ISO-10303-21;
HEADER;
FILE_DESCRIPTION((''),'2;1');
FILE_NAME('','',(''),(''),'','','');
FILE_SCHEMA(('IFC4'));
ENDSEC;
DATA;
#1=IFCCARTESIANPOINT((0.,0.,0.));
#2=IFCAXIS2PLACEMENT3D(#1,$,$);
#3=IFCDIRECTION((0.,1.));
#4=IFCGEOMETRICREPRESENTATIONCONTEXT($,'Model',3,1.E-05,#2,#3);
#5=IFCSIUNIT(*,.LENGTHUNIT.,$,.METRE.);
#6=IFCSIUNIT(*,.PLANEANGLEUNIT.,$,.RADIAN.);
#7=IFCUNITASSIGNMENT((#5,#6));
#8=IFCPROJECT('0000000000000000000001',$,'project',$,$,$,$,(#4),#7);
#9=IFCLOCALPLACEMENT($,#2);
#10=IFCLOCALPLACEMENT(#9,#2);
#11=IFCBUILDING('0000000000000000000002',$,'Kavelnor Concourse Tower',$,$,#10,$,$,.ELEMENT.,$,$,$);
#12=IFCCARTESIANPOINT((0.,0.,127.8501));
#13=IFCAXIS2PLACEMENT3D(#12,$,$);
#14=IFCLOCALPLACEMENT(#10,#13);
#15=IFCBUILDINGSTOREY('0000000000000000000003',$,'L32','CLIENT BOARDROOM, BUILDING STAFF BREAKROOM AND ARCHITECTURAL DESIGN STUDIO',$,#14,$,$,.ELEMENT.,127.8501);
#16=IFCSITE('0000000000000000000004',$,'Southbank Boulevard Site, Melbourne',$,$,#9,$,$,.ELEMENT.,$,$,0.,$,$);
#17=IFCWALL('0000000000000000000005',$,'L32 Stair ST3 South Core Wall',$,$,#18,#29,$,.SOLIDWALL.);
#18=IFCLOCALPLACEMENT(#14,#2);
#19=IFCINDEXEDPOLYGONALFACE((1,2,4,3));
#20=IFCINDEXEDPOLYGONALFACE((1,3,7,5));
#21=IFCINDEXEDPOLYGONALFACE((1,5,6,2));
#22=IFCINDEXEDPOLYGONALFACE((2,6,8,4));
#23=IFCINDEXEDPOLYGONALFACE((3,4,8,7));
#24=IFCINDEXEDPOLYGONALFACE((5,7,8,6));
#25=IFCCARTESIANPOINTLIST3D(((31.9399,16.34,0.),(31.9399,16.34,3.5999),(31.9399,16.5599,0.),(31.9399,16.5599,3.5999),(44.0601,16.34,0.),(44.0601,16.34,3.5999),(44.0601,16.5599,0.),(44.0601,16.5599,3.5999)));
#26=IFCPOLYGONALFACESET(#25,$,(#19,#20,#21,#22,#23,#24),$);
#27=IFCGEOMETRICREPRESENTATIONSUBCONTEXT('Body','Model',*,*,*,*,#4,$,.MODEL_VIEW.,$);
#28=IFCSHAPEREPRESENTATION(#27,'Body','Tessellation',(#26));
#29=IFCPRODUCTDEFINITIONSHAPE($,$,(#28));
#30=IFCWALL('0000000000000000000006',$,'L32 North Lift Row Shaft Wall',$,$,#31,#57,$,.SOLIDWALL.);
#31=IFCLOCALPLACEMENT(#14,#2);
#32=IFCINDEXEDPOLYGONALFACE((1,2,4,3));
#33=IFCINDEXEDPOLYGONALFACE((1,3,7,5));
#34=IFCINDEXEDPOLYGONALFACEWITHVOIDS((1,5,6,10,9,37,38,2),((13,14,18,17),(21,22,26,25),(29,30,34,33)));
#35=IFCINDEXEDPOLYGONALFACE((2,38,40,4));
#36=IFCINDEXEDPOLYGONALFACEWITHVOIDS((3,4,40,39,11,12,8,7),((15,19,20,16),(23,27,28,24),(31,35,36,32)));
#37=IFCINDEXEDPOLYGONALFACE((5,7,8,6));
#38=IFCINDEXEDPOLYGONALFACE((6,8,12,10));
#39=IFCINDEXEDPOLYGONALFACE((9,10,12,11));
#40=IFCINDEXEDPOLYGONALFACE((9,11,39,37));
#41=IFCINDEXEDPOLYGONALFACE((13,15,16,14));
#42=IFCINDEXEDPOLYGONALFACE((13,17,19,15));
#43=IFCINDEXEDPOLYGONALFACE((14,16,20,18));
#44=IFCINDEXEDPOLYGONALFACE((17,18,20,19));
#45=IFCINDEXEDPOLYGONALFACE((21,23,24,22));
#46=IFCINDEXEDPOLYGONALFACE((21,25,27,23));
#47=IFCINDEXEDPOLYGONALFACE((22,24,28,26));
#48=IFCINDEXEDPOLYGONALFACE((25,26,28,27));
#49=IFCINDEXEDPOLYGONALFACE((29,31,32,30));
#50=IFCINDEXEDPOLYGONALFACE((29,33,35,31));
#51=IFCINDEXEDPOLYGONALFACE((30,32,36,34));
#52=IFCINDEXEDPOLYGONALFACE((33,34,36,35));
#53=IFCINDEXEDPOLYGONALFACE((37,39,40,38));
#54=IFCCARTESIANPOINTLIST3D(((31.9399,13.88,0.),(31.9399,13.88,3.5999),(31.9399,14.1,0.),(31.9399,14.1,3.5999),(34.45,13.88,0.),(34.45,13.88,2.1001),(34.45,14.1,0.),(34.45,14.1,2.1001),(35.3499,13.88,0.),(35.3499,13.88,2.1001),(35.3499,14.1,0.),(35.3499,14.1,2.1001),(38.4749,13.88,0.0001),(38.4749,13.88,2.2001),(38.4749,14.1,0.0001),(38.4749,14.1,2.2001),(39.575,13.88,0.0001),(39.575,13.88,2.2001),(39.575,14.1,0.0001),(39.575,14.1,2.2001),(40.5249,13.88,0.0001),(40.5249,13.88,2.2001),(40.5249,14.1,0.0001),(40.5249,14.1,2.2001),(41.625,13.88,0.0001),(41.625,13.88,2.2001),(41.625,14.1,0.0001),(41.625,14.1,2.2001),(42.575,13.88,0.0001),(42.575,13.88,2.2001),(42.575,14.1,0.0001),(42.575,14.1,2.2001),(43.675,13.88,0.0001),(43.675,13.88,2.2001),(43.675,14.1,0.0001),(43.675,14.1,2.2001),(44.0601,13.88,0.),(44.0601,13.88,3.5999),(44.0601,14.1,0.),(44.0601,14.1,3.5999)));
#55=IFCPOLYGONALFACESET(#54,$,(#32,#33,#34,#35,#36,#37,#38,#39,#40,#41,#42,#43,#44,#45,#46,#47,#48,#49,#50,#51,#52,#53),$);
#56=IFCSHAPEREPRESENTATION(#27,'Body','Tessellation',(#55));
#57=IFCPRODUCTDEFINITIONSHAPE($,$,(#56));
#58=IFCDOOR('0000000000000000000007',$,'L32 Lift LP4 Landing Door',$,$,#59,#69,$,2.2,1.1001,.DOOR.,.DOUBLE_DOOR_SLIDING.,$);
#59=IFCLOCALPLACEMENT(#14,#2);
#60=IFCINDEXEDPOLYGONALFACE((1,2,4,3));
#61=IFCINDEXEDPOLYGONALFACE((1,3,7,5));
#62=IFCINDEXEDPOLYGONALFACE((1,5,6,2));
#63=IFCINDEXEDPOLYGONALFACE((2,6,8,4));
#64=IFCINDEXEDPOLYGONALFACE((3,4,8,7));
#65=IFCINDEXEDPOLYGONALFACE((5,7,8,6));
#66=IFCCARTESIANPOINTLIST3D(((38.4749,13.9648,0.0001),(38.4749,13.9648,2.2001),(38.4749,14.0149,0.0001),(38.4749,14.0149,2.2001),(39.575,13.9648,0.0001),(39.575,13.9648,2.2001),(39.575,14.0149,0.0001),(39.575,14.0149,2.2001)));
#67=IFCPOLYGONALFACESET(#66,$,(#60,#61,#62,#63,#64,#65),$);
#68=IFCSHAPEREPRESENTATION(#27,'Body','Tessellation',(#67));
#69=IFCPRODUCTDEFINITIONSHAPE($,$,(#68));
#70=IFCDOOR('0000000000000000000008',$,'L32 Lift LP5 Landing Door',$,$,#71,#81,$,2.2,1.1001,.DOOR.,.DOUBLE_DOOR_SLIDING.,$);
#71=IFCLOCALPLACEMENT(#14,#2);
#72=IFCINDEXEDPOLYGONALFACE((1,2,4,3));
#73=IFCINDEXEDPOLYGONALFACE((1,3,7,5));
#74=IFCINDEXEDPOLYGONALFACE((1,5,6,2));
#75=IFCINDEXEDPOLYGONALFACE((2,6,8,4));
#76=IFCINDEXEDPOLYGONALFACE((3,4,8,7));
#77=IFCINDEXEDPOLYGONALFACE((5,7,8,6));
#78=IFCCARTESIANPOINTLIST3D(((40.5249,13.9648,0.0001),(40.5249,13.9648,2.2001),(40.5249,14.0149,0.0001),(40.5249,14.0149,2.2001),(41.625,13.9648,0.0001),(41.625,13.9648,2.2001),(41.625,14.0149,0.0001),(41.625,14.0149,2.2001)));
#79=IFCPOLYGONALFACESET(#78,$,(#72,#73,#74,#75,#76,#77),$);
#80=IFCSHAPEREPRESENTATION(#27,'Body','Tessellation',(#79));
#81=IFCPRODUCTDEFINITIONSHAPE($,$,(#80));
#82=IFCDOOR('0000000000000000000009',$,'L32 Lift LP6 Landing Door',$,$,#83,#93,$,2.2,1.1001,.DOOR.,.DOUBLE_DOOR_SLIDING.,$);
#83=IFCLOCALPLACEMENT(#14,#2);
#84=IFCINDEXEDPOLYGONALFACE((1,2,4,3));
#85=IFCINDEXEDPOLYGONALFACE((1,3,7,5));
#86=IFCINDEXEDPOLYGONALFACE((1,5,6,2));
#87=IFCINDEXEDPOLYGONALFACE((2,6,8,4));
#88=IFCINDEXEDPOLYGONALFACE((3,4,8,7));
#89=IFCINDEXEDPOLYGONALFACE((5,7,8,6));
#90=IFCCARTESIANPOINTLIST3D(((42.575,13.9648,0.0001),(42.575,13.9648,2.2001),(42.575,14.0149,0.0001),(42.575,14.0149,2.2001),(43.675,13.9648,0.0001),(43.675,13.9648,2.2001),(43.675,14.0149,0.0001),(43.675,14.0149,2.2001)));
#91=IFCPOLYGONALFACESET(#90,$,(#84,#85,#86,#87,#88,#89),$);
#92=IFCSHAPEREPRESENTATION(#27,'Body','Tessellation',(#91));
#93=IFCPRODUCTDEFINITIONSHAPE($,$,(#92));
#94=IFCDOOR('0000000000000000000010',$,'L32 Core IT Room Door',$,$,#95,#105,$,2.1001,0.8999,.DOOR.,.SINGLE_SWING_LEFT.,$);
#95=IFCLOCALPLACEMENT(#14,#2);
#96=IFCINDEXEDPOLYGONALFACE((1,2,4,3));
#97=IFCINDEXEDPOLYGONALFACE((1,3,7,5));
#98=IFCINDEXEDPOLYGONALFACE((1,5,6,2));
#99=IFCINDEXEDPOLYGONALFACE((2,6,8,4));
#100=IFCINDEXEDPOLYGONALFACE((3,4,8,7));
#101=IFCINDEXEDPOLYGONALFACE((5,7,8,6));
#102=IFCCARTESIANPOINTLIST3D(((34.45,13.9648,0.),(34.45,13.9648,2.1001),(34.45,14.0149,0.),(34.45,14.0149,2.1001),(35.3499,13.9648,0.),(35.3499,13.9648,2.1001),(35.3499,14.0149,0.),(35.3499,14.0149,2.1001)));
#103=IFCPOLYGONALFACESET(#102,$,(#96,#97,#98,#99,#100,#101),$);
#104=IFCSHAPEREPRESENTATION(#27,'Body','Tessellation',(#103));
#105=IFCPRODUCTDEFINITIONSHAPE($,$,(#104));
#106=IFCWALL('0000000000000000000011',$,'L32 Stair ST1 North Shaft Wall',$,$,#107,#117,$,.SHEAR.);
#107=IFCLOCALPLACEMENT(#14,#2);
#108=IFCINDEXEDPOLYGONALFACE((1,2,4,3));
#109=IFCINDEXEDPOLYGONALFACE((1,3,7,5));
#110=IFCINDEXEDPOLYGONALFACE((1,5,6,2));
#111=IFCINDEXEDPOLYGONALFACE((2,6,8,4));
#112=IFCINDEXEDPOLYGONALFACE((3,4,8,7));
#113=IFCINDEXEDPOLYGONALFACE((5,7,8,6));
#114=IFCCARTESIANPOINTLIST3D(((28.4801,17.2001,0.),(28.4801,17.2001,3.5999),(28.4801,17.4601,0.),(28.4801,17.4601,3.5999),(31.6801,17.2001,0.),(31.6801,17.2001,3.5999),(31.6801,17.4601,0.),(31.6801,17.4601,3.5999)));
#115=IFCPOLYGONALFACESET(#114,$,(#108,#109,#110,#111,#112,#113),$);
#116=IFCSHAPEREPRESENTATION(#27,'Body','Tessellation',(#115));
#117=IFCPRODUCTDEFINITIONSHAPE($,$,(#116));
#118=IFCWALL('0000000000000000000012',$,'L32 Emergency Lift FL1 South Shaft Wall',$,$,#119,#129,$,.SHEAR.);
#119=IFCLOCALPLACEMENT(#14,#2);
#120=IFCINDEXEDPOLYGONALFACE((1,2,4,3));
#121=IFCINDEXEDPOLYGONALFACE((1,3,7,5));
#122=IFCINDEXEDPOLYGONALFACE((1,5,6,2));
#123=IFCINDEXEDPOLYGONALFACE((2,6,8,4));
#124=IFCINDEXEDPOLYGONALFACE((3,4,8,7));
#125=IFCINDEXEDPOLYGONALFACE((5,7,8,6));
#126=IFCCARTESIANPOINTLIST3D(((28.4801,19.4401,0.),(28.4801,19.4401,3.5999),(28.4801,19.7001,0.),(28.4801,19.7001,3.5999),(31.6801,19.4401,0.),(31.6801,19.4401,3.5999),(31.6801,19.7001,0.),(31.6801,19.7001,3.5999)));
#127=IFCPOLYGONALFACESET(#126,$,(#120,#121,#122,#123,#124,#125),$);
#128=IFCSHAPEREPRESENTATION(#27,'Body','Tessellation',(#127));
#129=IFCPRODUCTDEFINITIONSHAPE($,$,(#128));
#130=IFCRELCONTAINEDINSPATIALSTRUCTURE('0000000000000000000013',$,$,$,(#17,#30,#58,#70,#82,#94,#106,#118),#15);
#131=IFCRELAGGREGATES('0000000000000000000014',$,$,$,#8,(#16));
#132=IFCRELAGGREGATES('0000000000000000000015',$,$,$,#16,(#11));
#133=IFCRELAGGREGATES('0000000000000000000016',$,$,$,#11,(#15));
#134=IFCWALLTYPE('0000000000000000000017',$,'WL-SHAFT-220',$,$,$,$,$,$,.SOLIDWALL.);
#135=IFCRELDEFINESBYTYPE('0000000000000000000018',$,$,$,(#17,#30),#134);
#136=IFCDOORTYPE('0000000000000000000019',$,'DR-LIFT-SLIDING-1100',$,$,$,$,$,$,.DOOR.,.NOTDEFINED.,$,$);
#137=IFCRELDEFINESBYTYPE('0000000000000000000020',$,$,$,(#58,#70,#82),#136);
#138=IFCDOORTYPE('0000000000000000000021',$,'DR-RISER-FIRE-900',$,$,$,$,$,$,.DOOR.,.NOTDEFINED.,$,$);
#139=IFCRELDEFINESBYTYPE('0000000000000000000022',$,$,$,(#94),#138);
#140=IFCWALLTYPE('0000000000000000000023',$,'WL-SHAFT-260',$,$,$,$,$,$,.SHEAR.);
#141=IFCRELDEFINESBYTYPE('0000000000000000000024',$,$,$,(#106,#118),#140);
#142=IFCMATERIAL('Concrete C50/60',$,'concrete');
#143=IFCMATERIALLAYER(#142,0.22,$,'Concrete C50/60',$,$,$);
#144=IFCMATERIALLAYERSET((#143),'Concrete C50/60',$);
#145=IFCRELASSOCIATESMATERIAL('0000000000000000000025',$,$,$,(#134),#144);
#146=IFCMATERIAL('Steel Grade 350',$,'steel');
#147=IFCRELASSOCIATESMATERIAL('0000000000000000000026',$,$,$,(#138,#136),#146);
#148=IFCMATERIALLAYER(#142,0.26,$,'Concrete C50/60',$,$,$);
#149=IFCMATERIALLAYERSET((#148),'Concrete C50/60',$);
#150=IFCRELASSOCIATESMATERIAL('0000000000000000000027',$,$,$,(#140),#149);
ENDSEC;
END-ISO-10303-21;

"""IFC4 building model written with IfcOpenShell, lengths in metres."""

from ifc_helpers import new_model, si_unit, direction, frame, frame_2d, origin, place, context, subcontext, project, spatial, rectangle, extrude, material, layer, layer_set, type_object, element, fill, save


model = new_model("IFC4")

# Units and contexts
model_context = context("Model", 3, precision=1e-05, world=origin(), true_north=direction((0.0, 1.0)))
body_context = subcontext(model_context, "Body", "Model", "MODEL_VIEW")
ifc_project = project(units=[si_unit("LENGTHUNIT", "METRE"), si_unit("PLANEANGLEUNIT", "RADIAN")], contexts=[model_context])

# Site, building, storey
site_placement = place(None, origin())
site = spatial("IfcSite", under=ifc_project, at=site_placement, Name="Southbank Boulevard Site, Melbourne", CompositionType="ELEMENT", RefElevation=0.0)
building_placement = place(site_placement, origin())
building = spatial("IfcBuilding", under=site, at=building_placement, Name="Kavelnor Concourse Tower", CompositionType="ELEMENT")
storey_placement = place(building_placement, frame((0.0, 0.0, 127.8501)))
storey = spatial("IfcBuildingStorey", under=building, at=storey_placement, Name="L32", Description="CLIENT BOARDROOM, BUILDING STAFF BREAKROOM AND ARCHITECTURAL DESIGN STUDIO", CompositionType="ELEMENT", Elevation=127.8501)

# Shared definitions
ifc_material_1 = material(Name="Steel Grade 350", Category="steel")

# Shared definitions
ifc_material_2 = material(Name="Concrete C50/60", Category="concrete")
ifc_layer_1 = layer(ifc_material_2, 0.22, Name="Concrete C50/60")
ifc_layer_set_1 = layer_set([ifc_layer_1], Name="Concrete C50/60")
wall_type_1 = type_object("IfcWallType", Name="WL-SHAFT-220", PredefinedType="SOLIDWALL", material=ifc_layer_set_1)
door_type_1 = type_object("IfcDoorType", Name="DR-RISER-FIRE-900", OperationType="NOTDEFINED", PredefinedType="DOOR", material=ifc_material_1)

# Wall
wall_1_placement = place(storey_placement, frame((31.9399, 16.45, 0.0), z_axis=(0.0, 0.0, 1.0), x_axis=(1.0, 0.0, 0.0)))
element("IfcWall", 1, at=wall_1_placement, inside=storey, type_object=wall_type_1, Name="L32 Stair ST3 South Core Wall", PredefinedType="SOLIDWALL", context=body_context, shape_type="SweptSolid", body=[
    extrude(rectangle(XDim=12.1201, YDim=0.22, at=frame_2d((6.0601, 0.0))), origin(), (0.0, 0.0, 1.0), 3.5999),
])

# Wall, openings, doors
wall_2_placement = place(storey_placement, frame((31.9399, 13.99, 0.0), z_axis=(0.0, 0.0, 1.0), x_axis=(1.0, 0.0, 0.0)))
wall_2 = element("IfcWall", 2, at=wall_2_placement, inside=storey, type_object=wall_type_1, Name="L32 North Lift Row Shaft Wall", PredefinedType="SOLIDWALL", context=body_context, shape_type="SweptSolid", body=[
    extrude(rectangle(XDim=12.1201, YDim=0.22, at=frame_2d((6.0601, 0.0))), origin(), (0.0, 0.0, 1.0), 3.5999),
])
opening_1_placement = place(wall_2_placement, frame((2.51, 0.0, 0.0)))
opening_1 = element("IfcOpeningElement", 3, at=opening_1_placement, cuts=wall_2, PredefinedType="OPENING", context=body_context, shape_type="SweptSolid", body=[
    extrude(rectangle(XDim=0.8999, YDim=2.1001, at=frame_2d((0.45, 1.05))), frame((0.0, 0.1201, 0.0), z_axis=(0.0, -1.0, 0.0), x_axis=(1.0, 0.0, 0.0)), (0.0, 0.0, 1.0), 0.24),
])
opening_2_placement = place(wall_2_placement, frame((6.5349, 0.0, 0.0)))
opening_2 = element("IfcOpeningElement", 4, at=opening_2_placement, cuts=wall_2, PredefinedType="OPENING", context=body_context, shape_type="SweptSolid", body=[
    extrude(rectangle(XDim=1.1001, YDim=2.2, at=frame_2d((0.55, 1.1001))), frame((0.0, 0.1201, 0.0), z_axis=(0.0, -1.0, 0.0), x_axis=(1.0, 0.0, 0.0)), (0.0, 0.0, 1.0), 0.24),
])
opening_3_placement = place(wall_2_placement, frame((8.585, 0.0, 0.0)))
opening_3 = element("IfcOpeningElement", 5, at=opening_3_placement, cuts=wall_2, PredefinedType="OPENING", context=body_context, shape_type="SweptSolid", body=[
    extrude(rectangle(XDim=1.1001, YDim=2.2, at=frame_2d((0.55, 1.1001))), frame((0.0, 0.1201, 0.0), z_axis=(0.0, -1.0, 0.0), x_axis=(1.0, 0.0, 0.0)), (0.0, 0.0, 1.0), 0.24),
])
opening_4_placement = place(wall_2_placement, frame((10.635, 0.0, 0.0)))
opening_4 = element("IfcOpeningElement", 6, at=opening_4_placement, cuts=wall_2, PredefinedType="OPENING", context=body_context, shape_type="SweptSolid", body=[
    extrude(rectangle(XDim=1.1001, YDim=2.2, at=frame_2d((0.55, 1.1001))), frame((0.0, 0.1201, 0.0), z_axis=(0.0, -1.0, 0.0), x_axis=(1.0, 0.0, 0.0)), (0.0, 0.0, 1.0), 0.24),
])
door_type_2 = type_object("IfcDoorType", Name="DR-LIFT-SLIDING-1100", OperationType="NOTDEFINED", PredefinedType="DOOR", material=ifc_material_1)
door_1_placement = place(opening_2_placement, origin())
door_1 = element("IfcDoor", 7, at=door_1_placement, inside=storey, type_object=door_type_2, Name="L32 Lift LP4 Landing Door", OperationType="DOUBLE_DOOR_SLIDING", OverallHeight=2.2, OverallWidth=1.1001, PredefinedType="DOOR", context=body_context, shape_type="SweptSolid", body=[
    extrude(rectangle(XDim=1.1001, YDim=2.2, at=frame_2d((0.55, 1.1001))), frame((0.0, 0.0249, 0.0), z_axis=(0.0, -1.0, 0.0), x_axis=(1.0, 0.0, 0.0)), (0.0, 0.0, 1.0), 0.05),
])
fill(opening_2, door_1)
door_2_placement = place(opening_3_placement, origin())
door_2 = element("IfcDoor", 8, at=door_2_placement, inside=storey, type_object=door_type_2, Name="L32 Lift LP5 Landing Door", OperationType="DOUBLE_DOOR_SLIDING", OverallHeight=2.2, OverallWidth=1.1001, PredefinedType="DOOR", context=body_context, shape_type="SweptSolid", body=[
    extrude(rectangle(XDim=1.1001, YDim=2.2, at=frame_2d((0.55, 1.1001))), frame((0.0, 0.0249, 0.0), z_axis=(0.0, -1.0, 0.0), x_axis=(1.0, 0.0, 0.0)), (0.0, 0.0, 1.0), 0.05),
])
fill(opening_3, door_2)
door_3_placement = place(opening_4_placement, origin())
door_3 = element("IfcDoor", 9, at=door_3_placement, inside=storey, type_object=door_type_2, Name="L32 Lift LP6 Landing Door", OperationType="DOUBLE_DOOR_SLIDING", OverallHeight=2.2, OverallWidth=1.1001, PredefinedType="DOOR", context=body_context, shape_type="SweptSolid", body=[
    extrude(rectangle(XDim=1.1001, YDim=2.2, at=frame_2d((0.55, 1.1001))), frame((0.0, 0.0249, 0.0), z_axis=(0.0, -1.0, 0.0), x_axis=(1.0, 0.0, 0.0)), (0.0, 0.0, 1.0), 0.05),
])
fill(opening_4, door_3)
door_4_placement = place(opening_1_placement, origin())
door_4 = element("IfcDoor", 10, at=door_4_placement, inside=storey, type_object=door_type_1, Name="L32 Core IT Room Door", OperationType="SINGLE_SWING_LEFT", OverallHeight=2.1001, OverallWidth=0.8999, PredefinedType="DOOR", context=body_context, shape_type="SweptSolid", body=[
    extrude(rectangle(XDim=0.8999, YDim=2.1001, at=frame_2d((0.45, 1.05))), frame((0.0, 0.0249, 0.0), z_axis=(0.0, -1.0, 0.0), x_axis=(1.0, 0.0, 0.0)), (0.0, 0.0, 1.0), 0.05),
])
fill(opening_1, door_4)

# Walls
ifc_layer_2 = layer(ifc_material_2, 0.26, Name="Concrete C50/60")
ifc_layer_set_2 = layer_set([ifc_layer_2], Name="Concrete C50/60")
wall_type_2 = type_object("IfcWallType", Name="WL-SHAFT-260", PredefinedType="SHEAR", material=ifc_layer_set_2)
for number, where, z_axis, x_axis, name in (
    (11, (28.48, 17.3301, 0.0), (0.0, 0.0, 1.0), (1.0, 0.0, 0.0), "L32 Stair ST1 North Shaft Wall"),
    (12, (28.48, 19.5701, 0.0), (0.0, 0.0, 1.0), (1.0, 0.0, 0.0), "L32 Emergency Lift FL1 South Shaft Wall"),
):
    element("IfcWall", number, at=place(storey_placement, frame(where, z_axis=z_axis, x_axis=x_axis)), inside=storey, type_object=wall_type_2, Name=name, PredefinedType="SHEAR", context=body_context, shape_type="SweptSolid", body=[
        extrude(rectangle(XDim=3.2, YDim=0.26, at=frame_2d((1.6001, 0.0))), origin(), (0.0, 0.0, 1.0), 3.5999),
    ])

save(model, "model.ifc")
